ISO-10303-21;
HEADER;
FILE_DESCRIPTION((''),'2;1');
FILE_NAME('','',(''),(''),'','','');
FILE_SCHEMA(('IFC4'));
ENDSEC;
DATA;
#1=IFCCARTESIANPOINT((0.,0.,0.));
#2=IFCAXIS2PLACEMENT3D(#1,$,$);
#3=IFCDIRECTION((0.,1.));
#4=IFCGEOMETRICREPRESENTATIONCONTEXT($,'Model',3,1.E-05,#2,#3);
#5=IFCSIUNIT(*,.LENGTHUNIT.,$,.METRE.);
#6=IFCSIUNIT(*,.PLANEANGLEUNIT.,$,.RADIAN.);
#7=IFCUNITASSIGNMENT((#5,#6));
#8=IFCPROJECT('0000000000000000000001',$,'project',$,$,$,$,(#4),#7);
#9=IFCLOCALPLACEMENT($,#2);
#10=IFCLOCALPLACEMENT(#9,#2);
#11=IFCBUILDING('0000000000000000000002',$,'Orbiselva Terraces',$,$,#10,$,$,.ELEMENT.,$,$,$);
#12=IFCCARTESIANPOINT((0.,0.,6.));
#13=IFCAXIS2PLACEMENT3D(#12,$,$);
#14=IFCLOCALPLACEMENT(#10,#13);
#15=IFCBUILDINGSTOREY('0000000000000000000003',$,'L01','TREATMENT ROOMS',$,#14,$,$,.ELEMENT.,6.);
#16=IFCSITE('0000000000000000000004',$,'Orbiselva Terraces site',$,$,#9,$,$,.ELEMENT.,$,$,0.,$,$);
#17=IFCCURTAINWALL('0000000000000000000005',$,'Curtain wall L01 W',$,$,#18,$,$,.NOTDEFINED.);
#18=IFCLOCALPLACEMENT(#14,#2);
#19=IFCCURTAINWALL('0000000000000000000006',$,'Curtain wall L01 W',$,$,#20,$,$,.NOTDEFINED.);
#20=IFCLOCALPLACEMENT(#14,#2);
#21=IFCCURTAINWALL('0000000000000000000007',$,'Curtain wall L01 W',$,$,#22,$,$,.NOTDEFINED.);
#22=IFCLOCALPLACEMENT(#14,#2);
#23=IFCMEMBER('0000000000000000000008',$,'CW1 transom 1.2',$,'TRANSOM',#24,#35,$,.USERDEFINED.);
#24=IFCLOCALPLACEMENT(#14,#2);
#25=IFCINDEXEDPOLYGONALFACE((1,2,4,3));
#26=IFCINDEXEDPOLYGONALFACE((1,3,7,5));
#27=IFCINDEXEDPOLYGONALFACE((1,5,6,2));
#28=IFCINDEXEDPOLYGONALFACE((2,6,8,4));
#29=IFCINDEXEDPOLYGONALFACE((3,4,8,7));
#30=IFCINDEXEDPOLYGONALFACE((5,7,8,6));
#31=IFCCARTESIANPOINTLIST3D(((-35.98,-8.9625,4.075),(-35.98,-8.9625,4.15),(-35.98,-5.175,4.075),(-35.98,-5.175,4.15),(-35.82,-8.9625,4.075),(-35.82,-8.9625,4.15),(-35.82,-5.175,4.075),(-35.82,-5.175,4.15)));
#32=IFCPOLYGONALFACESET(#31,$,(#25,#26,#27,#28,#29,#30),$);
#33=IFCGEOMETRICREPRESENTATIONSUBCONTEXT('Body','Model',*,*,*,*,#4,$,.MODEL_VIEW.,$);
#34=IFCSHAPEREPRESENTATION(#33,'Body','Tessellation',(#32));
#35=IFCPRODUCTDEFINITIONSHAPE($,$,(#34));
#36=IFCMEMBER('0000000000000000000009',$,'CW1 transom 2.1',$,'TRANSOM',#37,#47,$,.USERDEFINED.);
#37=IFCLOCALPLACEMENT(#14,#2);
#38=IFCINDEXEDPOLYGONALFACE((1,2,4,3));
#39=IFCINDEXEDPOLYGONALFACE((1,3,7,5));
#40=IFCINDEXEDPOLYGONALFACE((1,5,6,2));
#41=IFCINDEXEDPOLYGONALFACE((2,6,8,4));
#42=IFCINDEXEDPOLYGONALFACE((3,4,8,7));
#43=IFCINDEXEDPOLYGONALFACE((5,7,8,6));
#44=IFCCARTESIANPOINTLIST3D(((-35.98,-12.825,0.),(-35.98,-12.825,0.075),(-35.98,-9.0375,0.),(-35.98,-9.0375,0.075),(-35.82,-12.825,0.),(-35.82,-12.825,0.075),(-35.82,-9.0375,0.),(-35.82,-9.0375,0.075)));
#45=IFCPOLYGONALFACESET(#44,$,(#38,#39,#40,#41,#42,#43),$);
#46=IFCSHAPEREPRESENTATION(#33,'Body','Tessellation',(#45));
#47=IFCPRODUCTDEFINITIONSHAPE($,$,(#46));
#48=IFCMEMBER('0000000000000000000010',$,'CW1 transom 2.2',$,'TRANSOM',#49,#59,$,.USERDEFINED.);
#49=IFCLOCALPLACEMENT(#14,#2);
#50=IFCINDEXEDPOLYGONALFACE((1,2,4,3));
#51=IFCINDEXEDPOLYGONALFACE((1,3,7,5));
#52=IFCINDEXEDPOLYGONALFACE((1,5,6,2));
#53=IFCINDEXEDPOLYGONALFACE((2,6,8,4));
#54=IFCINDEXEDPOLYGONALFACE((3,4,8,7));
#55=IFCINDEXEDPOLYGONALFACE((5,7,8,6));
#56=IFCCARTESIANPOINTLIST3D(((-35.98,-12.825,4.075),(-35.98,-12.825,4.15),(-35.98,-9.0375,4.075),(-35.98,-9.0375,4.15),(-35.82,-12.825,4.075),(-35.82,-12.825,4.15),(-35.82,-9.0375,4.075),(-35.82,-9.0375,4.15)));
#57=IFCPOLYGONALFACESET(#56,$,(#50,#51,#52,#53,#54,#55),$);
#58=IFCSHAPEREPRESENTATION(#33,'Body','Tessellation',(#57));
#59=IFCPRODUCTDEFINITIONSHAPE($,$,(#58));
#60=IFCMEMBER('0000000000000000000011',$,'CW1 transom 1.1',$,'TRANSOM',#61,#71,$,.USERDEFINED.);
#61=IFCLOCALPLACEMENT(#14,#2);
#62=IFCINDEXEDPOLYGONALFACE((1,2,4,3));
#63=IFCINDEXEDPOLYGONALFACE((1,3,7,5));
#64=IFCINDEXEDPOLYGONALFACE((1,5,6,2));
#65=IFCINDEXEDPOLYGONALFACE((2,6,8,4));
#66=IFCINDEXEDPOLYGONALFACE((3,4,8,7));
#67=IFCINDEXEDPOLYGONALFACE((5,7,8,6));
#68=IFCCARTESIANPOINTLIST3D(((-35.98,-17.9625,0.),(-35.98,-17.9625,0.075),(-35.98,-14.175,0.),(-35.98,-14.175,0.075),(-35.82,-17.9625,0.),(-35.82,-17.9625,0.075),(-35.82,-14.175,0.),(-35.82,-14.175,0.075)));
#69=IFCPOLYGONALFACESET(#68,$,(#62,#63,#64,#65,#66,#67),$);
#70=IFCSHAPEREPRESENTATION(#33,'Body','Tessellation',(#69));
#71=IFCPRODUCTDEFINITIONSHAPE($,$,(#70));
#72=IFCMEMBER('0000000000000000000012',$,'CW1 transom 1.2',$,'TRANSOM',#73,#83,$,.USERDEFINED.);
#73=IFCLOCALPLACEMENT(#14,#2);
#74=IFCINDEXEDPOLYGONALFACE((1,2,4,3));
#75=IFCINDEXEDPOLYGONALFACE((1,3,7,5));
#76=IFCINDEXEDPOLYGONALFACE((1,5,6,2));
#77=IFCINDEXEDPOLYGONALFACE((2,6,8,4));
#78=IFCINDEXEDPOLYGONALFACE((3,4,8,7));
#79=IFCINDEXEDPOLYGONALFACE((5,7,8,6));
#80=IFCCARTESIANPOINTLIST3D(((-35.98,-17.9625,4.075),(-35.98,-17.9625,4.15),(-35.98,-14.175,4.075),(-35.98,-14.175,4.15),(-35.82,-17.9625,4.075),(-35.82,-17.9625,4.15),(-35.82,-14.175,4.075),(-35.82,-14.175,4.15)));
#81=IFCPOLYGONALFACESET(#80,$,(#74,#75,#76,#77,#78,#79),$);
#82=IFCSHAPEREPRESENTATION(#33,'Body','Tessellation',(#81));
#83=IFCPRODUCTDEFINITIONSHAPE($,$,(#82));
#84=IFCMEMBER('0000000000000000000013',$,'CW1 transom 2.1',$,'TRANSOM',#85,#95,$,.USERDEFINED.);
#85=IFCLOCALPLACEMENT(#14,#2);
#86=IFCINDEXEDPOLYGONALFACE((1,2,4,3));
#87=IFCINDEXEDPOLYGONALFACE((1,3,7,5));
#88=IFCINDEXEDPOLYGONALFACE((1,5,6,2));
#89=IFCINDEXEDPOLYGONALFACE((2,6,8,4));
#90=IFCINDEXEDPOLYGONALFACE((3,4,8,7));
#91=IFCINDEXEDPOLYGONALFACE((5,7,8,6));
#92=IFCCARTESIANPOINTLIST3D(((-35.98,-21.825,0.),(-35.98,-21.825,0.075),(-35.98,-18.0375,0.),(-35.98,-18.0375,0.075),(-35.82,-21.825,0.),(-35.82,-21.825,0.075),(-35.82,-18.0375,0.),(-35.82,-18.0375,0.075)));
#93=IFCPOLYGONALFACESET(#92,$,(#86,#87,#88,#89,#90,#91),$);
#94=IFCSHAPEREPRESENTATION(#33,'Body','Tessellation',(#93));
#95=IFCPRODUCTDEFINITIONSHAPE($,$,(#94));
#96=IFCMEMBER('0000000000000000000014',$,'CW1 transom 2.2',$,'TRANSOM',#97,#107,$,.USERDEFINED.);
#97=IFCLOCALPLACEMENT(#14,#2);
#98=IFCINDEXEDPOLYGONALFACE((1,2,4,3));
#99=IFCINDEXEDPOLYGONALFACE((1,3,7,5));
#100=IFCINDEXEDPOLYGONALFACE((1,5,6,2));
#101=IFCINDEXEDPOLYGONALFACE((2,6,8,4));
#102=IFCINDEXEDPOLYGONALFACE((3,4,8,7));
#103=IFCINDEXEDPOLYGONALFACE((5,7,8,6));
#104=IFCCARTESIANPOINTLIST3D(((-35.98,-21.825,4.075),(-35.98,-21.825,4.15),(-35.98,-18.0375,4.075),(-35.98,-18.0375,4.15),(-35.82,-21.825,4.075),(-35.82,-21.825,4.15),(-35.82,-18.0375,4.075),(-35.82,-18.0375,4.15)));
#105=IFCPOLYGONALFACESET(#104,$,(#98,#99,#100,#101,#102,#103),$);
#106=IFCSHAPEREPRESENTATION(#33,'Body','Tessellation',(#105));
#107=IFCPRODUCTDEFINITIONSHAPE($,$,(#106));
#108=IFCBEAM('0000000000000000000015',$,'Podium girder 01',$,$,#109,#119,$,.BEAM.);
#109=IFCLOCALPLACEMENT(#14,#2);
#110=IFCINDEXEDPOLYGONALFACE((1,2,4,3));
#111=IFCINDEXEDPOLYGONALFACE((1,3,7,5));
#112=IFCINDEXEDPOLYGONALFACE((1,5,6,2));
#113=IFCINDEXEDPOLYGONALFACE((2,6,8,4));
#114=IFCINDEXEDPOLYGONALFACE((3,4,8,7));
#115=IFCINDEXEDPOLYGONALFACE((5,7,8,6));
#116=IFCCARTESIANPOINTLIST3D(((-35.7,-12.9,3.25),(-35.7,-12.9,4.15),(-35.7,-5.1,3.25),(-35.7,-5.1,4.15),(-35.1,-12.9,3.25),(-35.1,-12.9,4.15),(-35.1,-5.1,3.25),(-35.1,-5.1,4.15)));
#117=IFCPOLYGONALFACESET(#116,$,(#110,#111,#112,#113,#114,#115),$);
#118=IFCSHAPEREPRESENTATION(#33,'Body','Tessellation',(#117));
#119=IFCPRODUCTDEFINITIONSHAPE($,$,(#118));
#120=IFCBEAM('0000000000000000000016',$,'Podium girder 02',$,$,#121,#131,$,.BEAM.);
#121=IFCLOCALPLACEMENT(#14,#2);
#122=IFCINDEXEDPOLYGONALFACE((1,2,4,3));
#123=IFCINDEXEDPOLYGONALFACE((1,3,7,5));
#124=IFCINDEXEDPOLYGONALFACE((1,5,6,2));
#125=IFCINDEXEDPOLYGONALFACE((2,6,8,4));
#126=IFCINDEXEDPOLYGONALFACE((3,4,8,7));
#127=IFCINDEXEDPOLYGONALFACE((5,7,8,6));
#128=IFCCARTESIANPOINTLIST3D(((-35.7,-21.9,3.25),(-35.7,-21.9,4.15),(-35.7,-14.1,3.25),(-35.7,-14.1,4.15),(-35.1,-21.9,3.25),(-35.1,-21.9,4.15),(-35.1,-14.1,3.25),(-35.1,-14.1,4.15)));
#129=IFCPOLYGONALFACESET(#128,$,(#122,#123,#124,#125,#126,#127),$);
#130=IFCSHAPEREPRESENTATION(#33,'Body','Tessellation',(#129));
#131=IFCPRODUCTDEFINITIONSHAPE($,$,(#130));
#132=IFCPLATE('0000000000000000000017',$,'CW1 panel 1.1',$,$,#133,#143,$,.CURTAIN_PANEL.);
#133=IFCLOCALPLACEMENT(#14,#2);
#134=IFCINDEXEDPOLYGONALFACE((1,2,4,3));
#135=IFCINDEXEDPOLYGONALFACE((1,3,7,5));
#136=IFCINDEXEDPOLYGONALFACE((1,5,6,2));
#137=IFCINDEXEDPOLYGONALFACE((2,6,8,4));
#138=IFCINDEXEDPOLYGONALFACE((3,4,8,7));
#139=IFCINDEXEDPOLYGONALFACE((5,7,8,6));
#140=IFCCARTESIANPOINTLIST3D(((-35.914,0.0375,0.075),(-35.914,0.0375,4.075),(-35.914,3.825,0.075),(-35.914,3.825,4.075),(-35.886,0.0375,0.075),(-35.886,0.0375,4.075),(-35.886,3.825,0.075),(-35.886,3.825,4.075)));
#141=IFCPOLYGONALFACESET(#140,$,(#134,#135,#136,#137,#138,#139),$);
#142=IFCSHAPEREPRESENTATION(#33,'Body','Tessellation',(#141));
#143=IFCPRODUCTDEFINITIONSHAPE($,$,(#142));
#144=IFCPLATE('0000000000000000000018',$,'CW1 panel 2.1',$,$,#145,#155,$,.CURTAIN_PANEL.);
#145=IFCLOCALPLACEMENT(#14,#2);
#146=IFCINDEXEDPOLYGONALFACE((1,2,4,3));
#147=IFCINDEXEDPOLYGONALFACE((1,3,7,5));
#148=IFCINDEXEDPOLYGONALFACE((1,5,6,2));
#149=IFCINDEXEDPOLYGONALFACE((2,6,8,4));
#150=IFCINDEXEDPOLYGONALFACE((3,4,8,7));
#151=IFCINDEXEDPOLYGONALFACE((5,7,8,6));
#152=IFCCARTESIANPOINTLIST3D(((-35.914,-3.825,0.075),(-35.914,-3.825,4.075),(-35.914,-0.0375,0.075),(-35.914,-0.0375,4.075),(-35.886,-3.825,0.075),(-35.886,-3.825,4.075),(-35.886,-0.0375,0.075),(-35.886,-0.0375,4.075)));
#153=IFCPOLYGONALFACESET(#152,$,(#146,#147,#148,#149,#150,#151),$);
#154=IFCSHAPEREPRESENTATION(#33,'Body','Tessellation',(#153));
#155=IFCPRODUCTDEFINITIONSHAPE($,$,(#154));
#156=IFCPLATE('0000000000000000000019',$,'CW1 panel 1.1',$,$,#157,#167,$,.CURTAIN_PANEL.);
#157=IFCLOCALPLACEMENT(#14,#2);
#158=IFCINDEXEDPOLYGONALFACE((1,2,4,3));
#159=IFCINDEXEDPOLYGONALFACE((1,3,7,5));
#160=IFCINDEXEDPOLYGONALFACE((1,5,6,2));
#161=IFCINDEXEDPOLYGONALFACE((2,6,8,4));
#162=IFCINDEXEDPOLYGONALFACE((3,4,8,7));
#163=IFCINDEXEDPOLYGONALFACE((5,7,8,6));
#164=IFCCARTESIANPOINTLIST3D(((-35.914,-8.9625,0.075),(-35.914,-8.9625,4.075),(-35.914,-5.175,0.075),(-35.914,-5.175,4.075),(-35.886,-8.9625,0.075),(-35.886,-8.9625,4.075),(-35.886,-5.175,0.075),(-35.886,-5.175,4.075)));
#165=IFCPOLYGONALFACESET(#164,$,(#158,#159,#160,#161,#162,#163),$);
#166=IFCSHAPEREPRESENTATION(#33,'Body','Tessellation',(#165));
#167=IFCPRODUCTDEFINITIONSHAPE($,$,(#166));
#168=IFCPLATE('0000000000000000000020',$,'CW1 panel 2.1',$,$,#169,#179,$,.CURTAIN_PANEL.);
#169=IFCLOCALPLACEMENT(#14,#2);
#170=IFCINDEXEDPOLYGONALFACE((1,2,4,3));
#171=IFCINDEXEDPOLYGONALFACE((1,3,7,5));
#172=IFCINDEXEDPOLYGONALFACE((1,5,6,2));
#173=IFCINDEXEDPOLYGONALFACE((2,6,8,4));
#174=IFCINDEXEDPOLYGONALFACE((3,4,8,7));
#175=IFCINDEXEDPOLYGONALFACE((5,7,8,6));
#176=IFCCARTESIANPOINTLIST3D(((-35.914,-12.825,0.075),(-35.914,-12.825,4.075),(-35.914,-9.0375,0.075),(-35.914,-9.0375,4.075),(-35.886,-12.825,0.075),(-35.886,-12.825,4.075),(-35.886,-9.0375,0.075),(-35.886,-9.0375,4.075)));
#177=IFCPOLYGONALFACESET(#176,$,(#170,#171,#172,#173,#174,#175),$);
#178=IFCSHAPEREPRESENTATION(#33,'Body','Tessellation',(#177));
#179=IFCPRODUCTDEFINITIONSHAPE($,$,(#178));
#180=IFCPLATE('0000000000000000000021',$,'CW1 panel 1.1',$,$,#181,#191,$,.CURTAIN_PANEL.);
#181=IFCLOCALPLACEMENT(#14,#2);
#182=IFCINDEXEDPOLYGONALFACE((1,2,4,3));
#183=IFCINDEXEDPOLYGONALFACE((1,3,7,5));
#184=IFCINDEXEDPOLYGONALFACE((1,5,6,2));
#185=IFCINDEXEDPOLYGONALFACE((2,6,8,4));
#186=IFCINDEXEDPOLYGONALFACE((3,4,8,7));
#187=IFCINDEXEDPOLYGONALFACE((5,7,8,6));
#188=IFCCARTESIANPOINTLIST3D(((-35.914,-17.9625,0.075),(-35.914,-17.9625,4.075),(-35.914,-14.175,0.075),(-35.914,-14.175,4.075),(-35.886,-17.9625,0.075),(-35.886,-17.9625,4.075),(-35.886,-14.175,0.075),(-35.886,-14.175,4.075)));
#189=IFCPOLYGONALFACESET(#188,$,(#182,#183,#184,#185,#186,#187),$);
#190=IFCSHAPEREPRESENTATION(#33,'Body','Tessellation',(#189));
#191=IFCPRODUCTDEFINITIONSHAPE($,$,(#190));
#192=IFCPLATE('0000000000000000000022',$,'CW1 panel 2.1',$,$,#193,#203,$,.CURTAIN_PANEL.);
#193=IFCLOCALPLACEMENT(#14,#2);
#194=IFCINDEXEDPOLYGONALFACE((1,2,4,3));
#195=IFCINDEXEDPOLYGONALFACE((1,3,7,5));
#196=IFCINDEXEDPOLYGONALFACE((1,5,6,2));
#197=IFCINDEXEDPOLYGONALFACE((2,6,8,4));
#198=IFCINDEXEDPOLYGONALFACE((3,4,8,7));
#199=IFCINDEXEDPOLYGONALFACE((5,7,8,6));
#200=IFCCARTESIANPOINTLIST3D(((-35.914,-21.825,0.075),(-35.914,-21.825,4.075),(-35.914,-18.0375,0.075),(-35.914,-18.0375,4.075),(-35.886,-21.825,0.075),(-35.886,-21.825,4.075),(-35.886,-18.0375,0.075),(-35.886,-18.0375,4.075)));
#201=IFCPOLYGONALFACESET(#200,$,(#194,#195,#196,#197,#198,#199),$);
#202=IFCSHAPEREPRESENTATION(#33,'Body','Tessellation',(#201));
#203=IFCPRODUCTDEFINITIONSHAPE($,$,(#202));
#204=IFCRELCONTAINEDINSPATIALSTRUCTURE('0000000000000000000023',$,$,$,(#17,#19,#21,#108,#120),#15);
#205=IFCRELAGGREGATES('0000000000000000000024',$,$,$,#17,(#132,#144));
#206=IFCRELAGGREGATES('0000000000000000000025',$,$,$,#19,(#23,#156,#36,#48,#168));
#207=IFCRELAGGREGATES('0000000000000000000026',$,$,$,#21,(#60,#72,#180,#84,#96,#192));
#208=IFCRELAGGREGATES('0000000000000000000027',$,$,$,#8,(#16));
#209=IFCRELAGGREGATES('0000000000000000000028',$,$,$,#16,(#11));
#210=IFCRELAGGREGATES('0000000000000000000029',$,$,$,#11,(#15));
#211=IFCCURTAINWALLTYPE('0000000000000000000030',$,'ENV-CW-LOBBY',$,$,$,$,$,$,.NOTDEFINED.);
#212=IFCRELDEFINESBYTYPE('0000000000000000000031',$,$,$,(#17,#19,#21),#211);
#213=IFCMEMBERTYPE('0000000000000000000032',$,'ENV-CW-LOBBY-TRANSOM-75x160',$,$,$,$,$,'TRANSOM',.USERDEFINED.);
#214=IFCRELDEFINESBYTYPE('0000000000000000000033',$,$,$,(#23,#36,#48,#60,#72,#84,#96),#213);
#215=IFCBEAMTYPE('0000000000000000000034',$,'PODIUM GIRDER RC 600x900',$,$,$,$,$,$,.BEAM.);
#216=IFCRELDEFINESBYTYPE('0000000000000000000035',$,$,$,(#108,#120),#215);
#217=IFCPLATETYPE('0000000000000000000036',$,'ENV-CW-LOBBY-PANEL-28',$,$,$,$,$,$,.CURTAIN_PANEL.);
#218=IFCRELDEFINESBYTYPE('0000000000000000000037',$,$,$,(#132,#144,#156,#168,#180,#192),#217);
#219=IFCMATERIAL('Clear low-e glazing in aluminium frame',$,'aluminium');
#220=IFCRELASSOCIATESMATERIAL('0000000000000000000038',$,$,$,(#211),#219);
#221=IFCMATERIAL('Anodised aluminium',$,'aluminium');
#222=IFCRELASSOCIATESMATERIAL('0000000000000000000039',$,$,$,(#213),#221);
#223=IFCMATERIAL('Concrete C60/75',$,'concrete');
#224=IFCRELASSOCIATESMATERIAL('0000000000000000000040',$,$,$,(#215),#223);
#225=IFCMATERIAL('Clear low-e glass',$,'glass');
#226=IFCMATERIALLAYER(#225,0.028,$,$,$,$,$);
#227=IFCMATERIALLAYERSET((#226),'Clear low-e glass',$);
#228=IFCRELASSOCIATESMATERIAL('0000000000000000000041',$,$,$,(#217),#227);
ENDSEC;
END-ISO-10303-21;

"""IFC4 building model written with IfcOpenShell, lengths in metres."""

from ifc_helpers import new_model, si_unit, direction, frame, origin, origin_2d, place, context, subcontext, project, spatial, rectangle, extrude, material, layer, layer_set, material_profile, profile_set, type_object, element, aggregate, save


model = new_model("IFC4")

# Units and contexts
model_context = context("Model", 3, precision=1e-05, world=origin(), true_north=direction((0.0, 1.0)))
body_context = subcontext(model_context, "Body", "Model", "MODEL_VIEW")
ifc_project = project(units=[si_unit("LENGTHUNIT", "METRE"), si_unit("PLANEANGLEUNIT", "RADIAN")], contexts=[model_context])

# Site, building, storey
site_placement = place(None, origin())
site = spatial("IfcSite", under=ifc_project, at=site_placement, Name="Orbiselva Terraces site", CompositionType="ELEMENT", RefElevation=0.0)
building_placement = place(site_placement, origin())
building = spatial("IfcBuilding", under=site, at=building_placement, Name="Orbiselva Terraces", CompositionType="ELEMENT")
storey_placement = place(building_placement, frame((0.0, 0.0, 6.0)))
storey = spatial("IfcBuildingStorey", under=building, at=storey_placement, Name="L01", Description="TREATMENT ROOMS", CompositionType="ELEMENT", Elevation=6.0)

# Shared definitions
ifc_material_1 = material(Name="Concrete C60/75", Category="concrete")

# Curtain walls
ifc_material_2 = material(Name="Clear low-e glazing in aluminium frame", Category="aluminium")
curtain_wall_type = type_object("IfcCurtainWallType", Name="ENV-CW-LOBBY", PredefinedType="NOTDEFINED", material=ifc_material_2)
curtain_wall_1_placement = place(storey_placement, origin())
curtain_wall_1 = element("IfcCurtainWall", 1, at=curtain_wall_1_placement, inside=storey, type_object=curtain_wall_type, Name="Curtain wall L01 W", PredefinedType="NOTDEFINED")
ifc_material_3 = material(Name="Anodised aluminium", Category="aluminium")
curtain_wall_2_placement = place(storey_placement, origin())
curtain_wall_2 = element("IfcCurtainWall", 2, at=curtain_wall_2_placement, inside=storey, type_object=curtain_wall_type, Name="Curtain wall L01 W", PredefinedType="NOTDEFINED")
curtain_wall_3_placement = place(storey_placement, origin())
curtain_wall_3 = element("IfcCurtainWall", 3, at=curtain_wall_3_placement, inside=storey, type_object=curtain_wall_type, Name="Curtain wall L01 W", PredefinedType="NOTDEFINED")

# Members
ifc_material_profile_1 = material_profile(ifc_material_3, rectangle(XDim=0.16, YDim=0.075, at=origin_2d()), Name="AL 75x160")
ifc_profile_set_1 = profile_set([ifc_material_profile_1], Name="Anodised aluminium")
member_type_1 = type_object("IfcMemberType", Name="ENV-CW-LOBBY-TRANSOM-75x160", ElementType="TRANSOM", PredefinedType="USERDEFINED", material=ifc_profile_set_1)
member_1_placement = place(storey_placement, frame((-35.9, -5.175, 4.1125), z_axis=(0.0, -1.0, 0.0), x_axis=(1.0, 0.0, 0.0)))
member_1 = element("IfcMember", 4, at=member_1_placement, type_object=member_type_1, Name="CW1 transom 1.2", ObjectType="TRANSOM", PredefinedType="USERDEFINED", context=body_context, shape_type="SweptSolid", body=[
    extrude(rectangle(XDim=0.16, YDim=0.075, at=origin_2d()), origin(), (0.0, 0.0, 1.0), 3.7875),
])
member_2_placement = place(storey_placement, frame((-35.9, -9.0375, 0.0375), z_axis=(0.0, -1.0, 0.0), x_axis=(1.0, 0.0, 0.0)))
member_2 = element("IfcMember", 5, at=member_2_placement, type_object=member_type_1, Name="CW1 transom 2.1", ObjectType="TRANSOM", PredefinedType="USERDEFINED", context=body_context, shape_type="SweptSolid", body=[
    extrude(rectangle(XDim=0.16, YDim=0.075, at=origin_2d()), origin(), (0.0, 0.0, 1.0), 3.7875),
])
member_3_placement = place(storey_placement, frame((-35.9, -9.0375, 4.1125), z_axis=(0.0, -1.0, 0.0), x_axis=(1.0, 0.0, 0.0)))
member_3 = element("IfcMember", 6, at=member_3_placement, type_object=member_type_1, Name="CW1 transom 2.2", ObjectType="TRANSOM", PredefinedType="USERDEFINED", context=body_context, shape_type="SweptSolid", body=[
    extrude(rectangle(XDim=0.16, YDim=0.075, at=origin_2d()), origin(), (0.0, 0.0, 1.0), 3.7875),
])
member_4_placement = place(storey_placement, frame((-35.9, -14.175, 0.0375), z_axis=(0.0, -1.0, 0.0), x_axis=(1.0, 0.0, 0.0)))
member_4 = element("IfcMember", 7, at=member_4_placement, type_object=member_type_1, Name="CW1 transom 1.1", ObjectType="TRANSOM", PredefinedType="USERDEFINED", context=body_context, shape_type="SweptSolid", body=[
    extrude(rectangle(XDim=0.16, YDim=0.075, at=origin_2d()), origin(), (0.0, 0.0, 1.0), 3.7875),
])
member_5_placement = place(storey_placement, frame((-35.9, -14.175, 4.1125), z_axis=(0.0, -1.0, 0.0), x_axis=(1.0, 0.0, 0.0)))
member_5 = element("IfcMember", 8, at=member_5_placement, type_object=member_type_1, Name="CW1 transom 1.2", ObjectType="TRANSOM", PredefinedType="USERDEFINED", context=body_context, shape_type="SweptSolid", body=[
    extrude(rectangle(XDim=0.16, YDim=0.075, at=origin_2d()), origin(), (0.0, 0.0, 1.0), 3.7875),
])
member_6_placement = place(storey_placement, frame((-35.9, -18.0375, 0.0375), z_axis=(0.0, -1.0, 0.0), x_axis=(1.0, 0.0, 0.0)))
member_6 = element("IfcMember", 9, at=member_6_placement, type_object=member_type_1, Name="CW1 transom 2.1", ObjectType="TRANSOM", PredefinedType="USERDEFINED", context=body_context, shape_type="SweptSolid", body=[
    extrude(rectangle(XDim=0.16, YDim=0.075, at=origin_2d()), origin(), (0.0, 0.0, 1.0), 3.7875),
])
member_7_placement = place(storey_placement, frame((-35.9, -18.0375, 4.1125), z_axis=(0.0, -1.0, 0.0), x_axis=(1.0, 0.0, 0.0)))
member_7 = element("IfcMember", 10, at=member_7_placement, type_object=member_type_1, Name="CW1 transom 2.2", ObjectType="TRANSOM", PredefinedType="USERDEFINED", context=body_context, shape_type="SweptSolid", body=[
    extrude(rectangle(XDim=0.16, YDim=0.075, at=origin_2d()), origin(), (0.0, 0.0, 1.0), 3.7875),
])

# Beams
ifc_material_profile_2 = material_profile(ifc_material_1, rectangle(XDim=0.6, YDim=0.9, at=origin_2d()), Name="RC 600x900")
ifc_profile_set_2 = profile_set([ifc_material_profile_2], Name="Concrete C60/75")
beam_type = type_object("IfcBeamType", Name="PODIUM GIRDER RC 600x900", PredefinedType="BEAM", material=ifc_profile_set_2)
for number, where, z_axis, x_axis, name in (
    (11, (-35.4, -5.1, 3.7), (0.0, -1.0, 0.0), (1.0, 0.0, 0.0), "Podium girder 01"),
    (12, (-35.4, -14.1, 3.7), (0.0, -1.0, 0.0), (1.0, 0.0, 0.0), "Podium girder 02"),
):
    element("IfcBeam", number, at=place(storey_placement, frame(where, z_axis=z_axis, x_axis=x_axis)), inside=storey, type_object=beam_type, Name=name, PredefinedType="BEAM", context=body_context, shape_type="SweptSolid", body=[
        extrude(rectangle(XDim=0.6, YDim=0.9, at=origin_2d()), origin(), (0.0, 0.0, 1.0), 7.8),
    ])

# Plates
ifc_material_4 = material(Name="Clear low-e glass", Category="glass")
ifc_layer_1 = layer(ifc_material_4, 0.028)
ifc_layer_set_1 = layer_set([ifc_layer_1], Name="Clear low-e glass")
plate_type = type_object("IfcPlateType", Name="ENV-CW-LOBBY-PANEL-28", PredefinedType="CURTAIN_PANEL", material=ifc_layer_set_1)
plate_1_placement = place(storey_placement, frame((-35.9, 1.9312, 0.075), z_axis=(0.0, 0.0, 1.0), x_axis=(0.0, -1.0, 0.0)))
plate_1 = element("IfcPlate", 13, at=plate_1_placement, type_object=plate_type, Name="CW1 panel 1.1", PredefinedType="CURTAIN_PANEL", context=body_context, shape_type="SweptSolid", body=[
    extrude(rectangle(XDim=3.7875, YDim=0.028, at=origin_2d()), origin(), (0.0, 0.0, 1.0), 4.0),
])
plate_2_placement = place(storey_placement, frame((-35.9, -1.9312, 0.075), z_axis=(0.0, 0.0, 1.0), x_axis=(0.0, -1.0, 0.0)))
plate_2 = element("IfcPlate", 14, at=plate_2_placement, type_object=plate_type, Name="CW1 panel 2.1", PredefinedType="CURTAIN_PANEL", context=body_context, shape_type="SweptSolid", body=[
    extrude(rectangle(XDim=3.7875, YDim=0.028, at=origin_2d()), origin(), (0.0, 0.0, 1.0), 4.0),
])
aggregate(curtain_wall_1, [plate_1, plate_2])
plate_3_placement = place(storey_placement, frame((-35.9, -7.0687, 0.075), z_axis=(0.0, 0.0, 1.0), x_axis=(0.0, -1.0, 0.0)))
plate_3 = element("IfcPlate", 15, at=plate_3_placement, type_object=plate_type, Name="CW1 panel 1.1", PredefinedType="CURTAIN_PANEL", context=body_context, shape_type="SweptSolid", body=[
    extrude(rectangle(XDim=3.7875, YDim=0.028, at=origin_2d()), origin(), (0.0, 0.0, 1.0), 4.0),
])
plate_4_placement = place(storey_placement, frame((-35.9, -10.9313, 0.075), z_axis=(0.0, 0.0, 1.0), x_axis=(0.0, -1.0, 0.0)))
plate_4 = element("IfcPlate", 16, at=plate_4_placement, type_object=plate_type, Name="CW1 panel 2.1", PredefinedType="CURTAIN_PANEL", context=body_context, shape_type="SweptSolid", body=[
    extrude(rectangle(XDim=3.7875, YDim=0.028, at=origin_2d()), origin(), (0.0, 0.0, 1.0), 4.0),
])
aggregate(curtain_wall_2, [member_1, plate_3, member_2, member_3, plate_4])
plate_5_placement = place(storey_placement, frame((-35.9, -16.0688, 0.075), z_axis=(0.0, 0.0, 1.0), x_axis=(0.0, -1.0, 0.0)))
plate_5 = element("IfcPlate", 17, at=plate_5_placement, type_object=plate_type, Name="CW1 panel 1.1", PredefinedType="CURTAIN_PANEL", context=body_context, shape_type="SweptSolid", body=[
    extrude(rectangle(XDim=3.7875, YDim=0.028, at=origin_2d()), origin(), (0.0, 0.0, 1.0), 4.0),
])
plate_6_placement = place(storey_placement, frame((-35.9, -19.9312, 0.075), z_axis=(0.0, 0.0, 1.0), x_axis=(0.0, -1.0, 0.0)))
plate_6 = element("IfcPlate", 18, at=plate_6_placement, type_object=plate_type, Name="CW1 panel 2.1", PredefinedType="CURTAIN_PANEL", context=body_context, shape_type="SweptSolid", body=[
    extrude(rectangle(XDim=3.7875, YDim=0.028, at=origin_2d()), origin(), (0.0, 0.0, 1.0), 4.0),
])
aggregate(curtain_wall_3, [member_4, member_5, plate_5, member_6, member_7, plate_6])

save(model, "model.ifc")
